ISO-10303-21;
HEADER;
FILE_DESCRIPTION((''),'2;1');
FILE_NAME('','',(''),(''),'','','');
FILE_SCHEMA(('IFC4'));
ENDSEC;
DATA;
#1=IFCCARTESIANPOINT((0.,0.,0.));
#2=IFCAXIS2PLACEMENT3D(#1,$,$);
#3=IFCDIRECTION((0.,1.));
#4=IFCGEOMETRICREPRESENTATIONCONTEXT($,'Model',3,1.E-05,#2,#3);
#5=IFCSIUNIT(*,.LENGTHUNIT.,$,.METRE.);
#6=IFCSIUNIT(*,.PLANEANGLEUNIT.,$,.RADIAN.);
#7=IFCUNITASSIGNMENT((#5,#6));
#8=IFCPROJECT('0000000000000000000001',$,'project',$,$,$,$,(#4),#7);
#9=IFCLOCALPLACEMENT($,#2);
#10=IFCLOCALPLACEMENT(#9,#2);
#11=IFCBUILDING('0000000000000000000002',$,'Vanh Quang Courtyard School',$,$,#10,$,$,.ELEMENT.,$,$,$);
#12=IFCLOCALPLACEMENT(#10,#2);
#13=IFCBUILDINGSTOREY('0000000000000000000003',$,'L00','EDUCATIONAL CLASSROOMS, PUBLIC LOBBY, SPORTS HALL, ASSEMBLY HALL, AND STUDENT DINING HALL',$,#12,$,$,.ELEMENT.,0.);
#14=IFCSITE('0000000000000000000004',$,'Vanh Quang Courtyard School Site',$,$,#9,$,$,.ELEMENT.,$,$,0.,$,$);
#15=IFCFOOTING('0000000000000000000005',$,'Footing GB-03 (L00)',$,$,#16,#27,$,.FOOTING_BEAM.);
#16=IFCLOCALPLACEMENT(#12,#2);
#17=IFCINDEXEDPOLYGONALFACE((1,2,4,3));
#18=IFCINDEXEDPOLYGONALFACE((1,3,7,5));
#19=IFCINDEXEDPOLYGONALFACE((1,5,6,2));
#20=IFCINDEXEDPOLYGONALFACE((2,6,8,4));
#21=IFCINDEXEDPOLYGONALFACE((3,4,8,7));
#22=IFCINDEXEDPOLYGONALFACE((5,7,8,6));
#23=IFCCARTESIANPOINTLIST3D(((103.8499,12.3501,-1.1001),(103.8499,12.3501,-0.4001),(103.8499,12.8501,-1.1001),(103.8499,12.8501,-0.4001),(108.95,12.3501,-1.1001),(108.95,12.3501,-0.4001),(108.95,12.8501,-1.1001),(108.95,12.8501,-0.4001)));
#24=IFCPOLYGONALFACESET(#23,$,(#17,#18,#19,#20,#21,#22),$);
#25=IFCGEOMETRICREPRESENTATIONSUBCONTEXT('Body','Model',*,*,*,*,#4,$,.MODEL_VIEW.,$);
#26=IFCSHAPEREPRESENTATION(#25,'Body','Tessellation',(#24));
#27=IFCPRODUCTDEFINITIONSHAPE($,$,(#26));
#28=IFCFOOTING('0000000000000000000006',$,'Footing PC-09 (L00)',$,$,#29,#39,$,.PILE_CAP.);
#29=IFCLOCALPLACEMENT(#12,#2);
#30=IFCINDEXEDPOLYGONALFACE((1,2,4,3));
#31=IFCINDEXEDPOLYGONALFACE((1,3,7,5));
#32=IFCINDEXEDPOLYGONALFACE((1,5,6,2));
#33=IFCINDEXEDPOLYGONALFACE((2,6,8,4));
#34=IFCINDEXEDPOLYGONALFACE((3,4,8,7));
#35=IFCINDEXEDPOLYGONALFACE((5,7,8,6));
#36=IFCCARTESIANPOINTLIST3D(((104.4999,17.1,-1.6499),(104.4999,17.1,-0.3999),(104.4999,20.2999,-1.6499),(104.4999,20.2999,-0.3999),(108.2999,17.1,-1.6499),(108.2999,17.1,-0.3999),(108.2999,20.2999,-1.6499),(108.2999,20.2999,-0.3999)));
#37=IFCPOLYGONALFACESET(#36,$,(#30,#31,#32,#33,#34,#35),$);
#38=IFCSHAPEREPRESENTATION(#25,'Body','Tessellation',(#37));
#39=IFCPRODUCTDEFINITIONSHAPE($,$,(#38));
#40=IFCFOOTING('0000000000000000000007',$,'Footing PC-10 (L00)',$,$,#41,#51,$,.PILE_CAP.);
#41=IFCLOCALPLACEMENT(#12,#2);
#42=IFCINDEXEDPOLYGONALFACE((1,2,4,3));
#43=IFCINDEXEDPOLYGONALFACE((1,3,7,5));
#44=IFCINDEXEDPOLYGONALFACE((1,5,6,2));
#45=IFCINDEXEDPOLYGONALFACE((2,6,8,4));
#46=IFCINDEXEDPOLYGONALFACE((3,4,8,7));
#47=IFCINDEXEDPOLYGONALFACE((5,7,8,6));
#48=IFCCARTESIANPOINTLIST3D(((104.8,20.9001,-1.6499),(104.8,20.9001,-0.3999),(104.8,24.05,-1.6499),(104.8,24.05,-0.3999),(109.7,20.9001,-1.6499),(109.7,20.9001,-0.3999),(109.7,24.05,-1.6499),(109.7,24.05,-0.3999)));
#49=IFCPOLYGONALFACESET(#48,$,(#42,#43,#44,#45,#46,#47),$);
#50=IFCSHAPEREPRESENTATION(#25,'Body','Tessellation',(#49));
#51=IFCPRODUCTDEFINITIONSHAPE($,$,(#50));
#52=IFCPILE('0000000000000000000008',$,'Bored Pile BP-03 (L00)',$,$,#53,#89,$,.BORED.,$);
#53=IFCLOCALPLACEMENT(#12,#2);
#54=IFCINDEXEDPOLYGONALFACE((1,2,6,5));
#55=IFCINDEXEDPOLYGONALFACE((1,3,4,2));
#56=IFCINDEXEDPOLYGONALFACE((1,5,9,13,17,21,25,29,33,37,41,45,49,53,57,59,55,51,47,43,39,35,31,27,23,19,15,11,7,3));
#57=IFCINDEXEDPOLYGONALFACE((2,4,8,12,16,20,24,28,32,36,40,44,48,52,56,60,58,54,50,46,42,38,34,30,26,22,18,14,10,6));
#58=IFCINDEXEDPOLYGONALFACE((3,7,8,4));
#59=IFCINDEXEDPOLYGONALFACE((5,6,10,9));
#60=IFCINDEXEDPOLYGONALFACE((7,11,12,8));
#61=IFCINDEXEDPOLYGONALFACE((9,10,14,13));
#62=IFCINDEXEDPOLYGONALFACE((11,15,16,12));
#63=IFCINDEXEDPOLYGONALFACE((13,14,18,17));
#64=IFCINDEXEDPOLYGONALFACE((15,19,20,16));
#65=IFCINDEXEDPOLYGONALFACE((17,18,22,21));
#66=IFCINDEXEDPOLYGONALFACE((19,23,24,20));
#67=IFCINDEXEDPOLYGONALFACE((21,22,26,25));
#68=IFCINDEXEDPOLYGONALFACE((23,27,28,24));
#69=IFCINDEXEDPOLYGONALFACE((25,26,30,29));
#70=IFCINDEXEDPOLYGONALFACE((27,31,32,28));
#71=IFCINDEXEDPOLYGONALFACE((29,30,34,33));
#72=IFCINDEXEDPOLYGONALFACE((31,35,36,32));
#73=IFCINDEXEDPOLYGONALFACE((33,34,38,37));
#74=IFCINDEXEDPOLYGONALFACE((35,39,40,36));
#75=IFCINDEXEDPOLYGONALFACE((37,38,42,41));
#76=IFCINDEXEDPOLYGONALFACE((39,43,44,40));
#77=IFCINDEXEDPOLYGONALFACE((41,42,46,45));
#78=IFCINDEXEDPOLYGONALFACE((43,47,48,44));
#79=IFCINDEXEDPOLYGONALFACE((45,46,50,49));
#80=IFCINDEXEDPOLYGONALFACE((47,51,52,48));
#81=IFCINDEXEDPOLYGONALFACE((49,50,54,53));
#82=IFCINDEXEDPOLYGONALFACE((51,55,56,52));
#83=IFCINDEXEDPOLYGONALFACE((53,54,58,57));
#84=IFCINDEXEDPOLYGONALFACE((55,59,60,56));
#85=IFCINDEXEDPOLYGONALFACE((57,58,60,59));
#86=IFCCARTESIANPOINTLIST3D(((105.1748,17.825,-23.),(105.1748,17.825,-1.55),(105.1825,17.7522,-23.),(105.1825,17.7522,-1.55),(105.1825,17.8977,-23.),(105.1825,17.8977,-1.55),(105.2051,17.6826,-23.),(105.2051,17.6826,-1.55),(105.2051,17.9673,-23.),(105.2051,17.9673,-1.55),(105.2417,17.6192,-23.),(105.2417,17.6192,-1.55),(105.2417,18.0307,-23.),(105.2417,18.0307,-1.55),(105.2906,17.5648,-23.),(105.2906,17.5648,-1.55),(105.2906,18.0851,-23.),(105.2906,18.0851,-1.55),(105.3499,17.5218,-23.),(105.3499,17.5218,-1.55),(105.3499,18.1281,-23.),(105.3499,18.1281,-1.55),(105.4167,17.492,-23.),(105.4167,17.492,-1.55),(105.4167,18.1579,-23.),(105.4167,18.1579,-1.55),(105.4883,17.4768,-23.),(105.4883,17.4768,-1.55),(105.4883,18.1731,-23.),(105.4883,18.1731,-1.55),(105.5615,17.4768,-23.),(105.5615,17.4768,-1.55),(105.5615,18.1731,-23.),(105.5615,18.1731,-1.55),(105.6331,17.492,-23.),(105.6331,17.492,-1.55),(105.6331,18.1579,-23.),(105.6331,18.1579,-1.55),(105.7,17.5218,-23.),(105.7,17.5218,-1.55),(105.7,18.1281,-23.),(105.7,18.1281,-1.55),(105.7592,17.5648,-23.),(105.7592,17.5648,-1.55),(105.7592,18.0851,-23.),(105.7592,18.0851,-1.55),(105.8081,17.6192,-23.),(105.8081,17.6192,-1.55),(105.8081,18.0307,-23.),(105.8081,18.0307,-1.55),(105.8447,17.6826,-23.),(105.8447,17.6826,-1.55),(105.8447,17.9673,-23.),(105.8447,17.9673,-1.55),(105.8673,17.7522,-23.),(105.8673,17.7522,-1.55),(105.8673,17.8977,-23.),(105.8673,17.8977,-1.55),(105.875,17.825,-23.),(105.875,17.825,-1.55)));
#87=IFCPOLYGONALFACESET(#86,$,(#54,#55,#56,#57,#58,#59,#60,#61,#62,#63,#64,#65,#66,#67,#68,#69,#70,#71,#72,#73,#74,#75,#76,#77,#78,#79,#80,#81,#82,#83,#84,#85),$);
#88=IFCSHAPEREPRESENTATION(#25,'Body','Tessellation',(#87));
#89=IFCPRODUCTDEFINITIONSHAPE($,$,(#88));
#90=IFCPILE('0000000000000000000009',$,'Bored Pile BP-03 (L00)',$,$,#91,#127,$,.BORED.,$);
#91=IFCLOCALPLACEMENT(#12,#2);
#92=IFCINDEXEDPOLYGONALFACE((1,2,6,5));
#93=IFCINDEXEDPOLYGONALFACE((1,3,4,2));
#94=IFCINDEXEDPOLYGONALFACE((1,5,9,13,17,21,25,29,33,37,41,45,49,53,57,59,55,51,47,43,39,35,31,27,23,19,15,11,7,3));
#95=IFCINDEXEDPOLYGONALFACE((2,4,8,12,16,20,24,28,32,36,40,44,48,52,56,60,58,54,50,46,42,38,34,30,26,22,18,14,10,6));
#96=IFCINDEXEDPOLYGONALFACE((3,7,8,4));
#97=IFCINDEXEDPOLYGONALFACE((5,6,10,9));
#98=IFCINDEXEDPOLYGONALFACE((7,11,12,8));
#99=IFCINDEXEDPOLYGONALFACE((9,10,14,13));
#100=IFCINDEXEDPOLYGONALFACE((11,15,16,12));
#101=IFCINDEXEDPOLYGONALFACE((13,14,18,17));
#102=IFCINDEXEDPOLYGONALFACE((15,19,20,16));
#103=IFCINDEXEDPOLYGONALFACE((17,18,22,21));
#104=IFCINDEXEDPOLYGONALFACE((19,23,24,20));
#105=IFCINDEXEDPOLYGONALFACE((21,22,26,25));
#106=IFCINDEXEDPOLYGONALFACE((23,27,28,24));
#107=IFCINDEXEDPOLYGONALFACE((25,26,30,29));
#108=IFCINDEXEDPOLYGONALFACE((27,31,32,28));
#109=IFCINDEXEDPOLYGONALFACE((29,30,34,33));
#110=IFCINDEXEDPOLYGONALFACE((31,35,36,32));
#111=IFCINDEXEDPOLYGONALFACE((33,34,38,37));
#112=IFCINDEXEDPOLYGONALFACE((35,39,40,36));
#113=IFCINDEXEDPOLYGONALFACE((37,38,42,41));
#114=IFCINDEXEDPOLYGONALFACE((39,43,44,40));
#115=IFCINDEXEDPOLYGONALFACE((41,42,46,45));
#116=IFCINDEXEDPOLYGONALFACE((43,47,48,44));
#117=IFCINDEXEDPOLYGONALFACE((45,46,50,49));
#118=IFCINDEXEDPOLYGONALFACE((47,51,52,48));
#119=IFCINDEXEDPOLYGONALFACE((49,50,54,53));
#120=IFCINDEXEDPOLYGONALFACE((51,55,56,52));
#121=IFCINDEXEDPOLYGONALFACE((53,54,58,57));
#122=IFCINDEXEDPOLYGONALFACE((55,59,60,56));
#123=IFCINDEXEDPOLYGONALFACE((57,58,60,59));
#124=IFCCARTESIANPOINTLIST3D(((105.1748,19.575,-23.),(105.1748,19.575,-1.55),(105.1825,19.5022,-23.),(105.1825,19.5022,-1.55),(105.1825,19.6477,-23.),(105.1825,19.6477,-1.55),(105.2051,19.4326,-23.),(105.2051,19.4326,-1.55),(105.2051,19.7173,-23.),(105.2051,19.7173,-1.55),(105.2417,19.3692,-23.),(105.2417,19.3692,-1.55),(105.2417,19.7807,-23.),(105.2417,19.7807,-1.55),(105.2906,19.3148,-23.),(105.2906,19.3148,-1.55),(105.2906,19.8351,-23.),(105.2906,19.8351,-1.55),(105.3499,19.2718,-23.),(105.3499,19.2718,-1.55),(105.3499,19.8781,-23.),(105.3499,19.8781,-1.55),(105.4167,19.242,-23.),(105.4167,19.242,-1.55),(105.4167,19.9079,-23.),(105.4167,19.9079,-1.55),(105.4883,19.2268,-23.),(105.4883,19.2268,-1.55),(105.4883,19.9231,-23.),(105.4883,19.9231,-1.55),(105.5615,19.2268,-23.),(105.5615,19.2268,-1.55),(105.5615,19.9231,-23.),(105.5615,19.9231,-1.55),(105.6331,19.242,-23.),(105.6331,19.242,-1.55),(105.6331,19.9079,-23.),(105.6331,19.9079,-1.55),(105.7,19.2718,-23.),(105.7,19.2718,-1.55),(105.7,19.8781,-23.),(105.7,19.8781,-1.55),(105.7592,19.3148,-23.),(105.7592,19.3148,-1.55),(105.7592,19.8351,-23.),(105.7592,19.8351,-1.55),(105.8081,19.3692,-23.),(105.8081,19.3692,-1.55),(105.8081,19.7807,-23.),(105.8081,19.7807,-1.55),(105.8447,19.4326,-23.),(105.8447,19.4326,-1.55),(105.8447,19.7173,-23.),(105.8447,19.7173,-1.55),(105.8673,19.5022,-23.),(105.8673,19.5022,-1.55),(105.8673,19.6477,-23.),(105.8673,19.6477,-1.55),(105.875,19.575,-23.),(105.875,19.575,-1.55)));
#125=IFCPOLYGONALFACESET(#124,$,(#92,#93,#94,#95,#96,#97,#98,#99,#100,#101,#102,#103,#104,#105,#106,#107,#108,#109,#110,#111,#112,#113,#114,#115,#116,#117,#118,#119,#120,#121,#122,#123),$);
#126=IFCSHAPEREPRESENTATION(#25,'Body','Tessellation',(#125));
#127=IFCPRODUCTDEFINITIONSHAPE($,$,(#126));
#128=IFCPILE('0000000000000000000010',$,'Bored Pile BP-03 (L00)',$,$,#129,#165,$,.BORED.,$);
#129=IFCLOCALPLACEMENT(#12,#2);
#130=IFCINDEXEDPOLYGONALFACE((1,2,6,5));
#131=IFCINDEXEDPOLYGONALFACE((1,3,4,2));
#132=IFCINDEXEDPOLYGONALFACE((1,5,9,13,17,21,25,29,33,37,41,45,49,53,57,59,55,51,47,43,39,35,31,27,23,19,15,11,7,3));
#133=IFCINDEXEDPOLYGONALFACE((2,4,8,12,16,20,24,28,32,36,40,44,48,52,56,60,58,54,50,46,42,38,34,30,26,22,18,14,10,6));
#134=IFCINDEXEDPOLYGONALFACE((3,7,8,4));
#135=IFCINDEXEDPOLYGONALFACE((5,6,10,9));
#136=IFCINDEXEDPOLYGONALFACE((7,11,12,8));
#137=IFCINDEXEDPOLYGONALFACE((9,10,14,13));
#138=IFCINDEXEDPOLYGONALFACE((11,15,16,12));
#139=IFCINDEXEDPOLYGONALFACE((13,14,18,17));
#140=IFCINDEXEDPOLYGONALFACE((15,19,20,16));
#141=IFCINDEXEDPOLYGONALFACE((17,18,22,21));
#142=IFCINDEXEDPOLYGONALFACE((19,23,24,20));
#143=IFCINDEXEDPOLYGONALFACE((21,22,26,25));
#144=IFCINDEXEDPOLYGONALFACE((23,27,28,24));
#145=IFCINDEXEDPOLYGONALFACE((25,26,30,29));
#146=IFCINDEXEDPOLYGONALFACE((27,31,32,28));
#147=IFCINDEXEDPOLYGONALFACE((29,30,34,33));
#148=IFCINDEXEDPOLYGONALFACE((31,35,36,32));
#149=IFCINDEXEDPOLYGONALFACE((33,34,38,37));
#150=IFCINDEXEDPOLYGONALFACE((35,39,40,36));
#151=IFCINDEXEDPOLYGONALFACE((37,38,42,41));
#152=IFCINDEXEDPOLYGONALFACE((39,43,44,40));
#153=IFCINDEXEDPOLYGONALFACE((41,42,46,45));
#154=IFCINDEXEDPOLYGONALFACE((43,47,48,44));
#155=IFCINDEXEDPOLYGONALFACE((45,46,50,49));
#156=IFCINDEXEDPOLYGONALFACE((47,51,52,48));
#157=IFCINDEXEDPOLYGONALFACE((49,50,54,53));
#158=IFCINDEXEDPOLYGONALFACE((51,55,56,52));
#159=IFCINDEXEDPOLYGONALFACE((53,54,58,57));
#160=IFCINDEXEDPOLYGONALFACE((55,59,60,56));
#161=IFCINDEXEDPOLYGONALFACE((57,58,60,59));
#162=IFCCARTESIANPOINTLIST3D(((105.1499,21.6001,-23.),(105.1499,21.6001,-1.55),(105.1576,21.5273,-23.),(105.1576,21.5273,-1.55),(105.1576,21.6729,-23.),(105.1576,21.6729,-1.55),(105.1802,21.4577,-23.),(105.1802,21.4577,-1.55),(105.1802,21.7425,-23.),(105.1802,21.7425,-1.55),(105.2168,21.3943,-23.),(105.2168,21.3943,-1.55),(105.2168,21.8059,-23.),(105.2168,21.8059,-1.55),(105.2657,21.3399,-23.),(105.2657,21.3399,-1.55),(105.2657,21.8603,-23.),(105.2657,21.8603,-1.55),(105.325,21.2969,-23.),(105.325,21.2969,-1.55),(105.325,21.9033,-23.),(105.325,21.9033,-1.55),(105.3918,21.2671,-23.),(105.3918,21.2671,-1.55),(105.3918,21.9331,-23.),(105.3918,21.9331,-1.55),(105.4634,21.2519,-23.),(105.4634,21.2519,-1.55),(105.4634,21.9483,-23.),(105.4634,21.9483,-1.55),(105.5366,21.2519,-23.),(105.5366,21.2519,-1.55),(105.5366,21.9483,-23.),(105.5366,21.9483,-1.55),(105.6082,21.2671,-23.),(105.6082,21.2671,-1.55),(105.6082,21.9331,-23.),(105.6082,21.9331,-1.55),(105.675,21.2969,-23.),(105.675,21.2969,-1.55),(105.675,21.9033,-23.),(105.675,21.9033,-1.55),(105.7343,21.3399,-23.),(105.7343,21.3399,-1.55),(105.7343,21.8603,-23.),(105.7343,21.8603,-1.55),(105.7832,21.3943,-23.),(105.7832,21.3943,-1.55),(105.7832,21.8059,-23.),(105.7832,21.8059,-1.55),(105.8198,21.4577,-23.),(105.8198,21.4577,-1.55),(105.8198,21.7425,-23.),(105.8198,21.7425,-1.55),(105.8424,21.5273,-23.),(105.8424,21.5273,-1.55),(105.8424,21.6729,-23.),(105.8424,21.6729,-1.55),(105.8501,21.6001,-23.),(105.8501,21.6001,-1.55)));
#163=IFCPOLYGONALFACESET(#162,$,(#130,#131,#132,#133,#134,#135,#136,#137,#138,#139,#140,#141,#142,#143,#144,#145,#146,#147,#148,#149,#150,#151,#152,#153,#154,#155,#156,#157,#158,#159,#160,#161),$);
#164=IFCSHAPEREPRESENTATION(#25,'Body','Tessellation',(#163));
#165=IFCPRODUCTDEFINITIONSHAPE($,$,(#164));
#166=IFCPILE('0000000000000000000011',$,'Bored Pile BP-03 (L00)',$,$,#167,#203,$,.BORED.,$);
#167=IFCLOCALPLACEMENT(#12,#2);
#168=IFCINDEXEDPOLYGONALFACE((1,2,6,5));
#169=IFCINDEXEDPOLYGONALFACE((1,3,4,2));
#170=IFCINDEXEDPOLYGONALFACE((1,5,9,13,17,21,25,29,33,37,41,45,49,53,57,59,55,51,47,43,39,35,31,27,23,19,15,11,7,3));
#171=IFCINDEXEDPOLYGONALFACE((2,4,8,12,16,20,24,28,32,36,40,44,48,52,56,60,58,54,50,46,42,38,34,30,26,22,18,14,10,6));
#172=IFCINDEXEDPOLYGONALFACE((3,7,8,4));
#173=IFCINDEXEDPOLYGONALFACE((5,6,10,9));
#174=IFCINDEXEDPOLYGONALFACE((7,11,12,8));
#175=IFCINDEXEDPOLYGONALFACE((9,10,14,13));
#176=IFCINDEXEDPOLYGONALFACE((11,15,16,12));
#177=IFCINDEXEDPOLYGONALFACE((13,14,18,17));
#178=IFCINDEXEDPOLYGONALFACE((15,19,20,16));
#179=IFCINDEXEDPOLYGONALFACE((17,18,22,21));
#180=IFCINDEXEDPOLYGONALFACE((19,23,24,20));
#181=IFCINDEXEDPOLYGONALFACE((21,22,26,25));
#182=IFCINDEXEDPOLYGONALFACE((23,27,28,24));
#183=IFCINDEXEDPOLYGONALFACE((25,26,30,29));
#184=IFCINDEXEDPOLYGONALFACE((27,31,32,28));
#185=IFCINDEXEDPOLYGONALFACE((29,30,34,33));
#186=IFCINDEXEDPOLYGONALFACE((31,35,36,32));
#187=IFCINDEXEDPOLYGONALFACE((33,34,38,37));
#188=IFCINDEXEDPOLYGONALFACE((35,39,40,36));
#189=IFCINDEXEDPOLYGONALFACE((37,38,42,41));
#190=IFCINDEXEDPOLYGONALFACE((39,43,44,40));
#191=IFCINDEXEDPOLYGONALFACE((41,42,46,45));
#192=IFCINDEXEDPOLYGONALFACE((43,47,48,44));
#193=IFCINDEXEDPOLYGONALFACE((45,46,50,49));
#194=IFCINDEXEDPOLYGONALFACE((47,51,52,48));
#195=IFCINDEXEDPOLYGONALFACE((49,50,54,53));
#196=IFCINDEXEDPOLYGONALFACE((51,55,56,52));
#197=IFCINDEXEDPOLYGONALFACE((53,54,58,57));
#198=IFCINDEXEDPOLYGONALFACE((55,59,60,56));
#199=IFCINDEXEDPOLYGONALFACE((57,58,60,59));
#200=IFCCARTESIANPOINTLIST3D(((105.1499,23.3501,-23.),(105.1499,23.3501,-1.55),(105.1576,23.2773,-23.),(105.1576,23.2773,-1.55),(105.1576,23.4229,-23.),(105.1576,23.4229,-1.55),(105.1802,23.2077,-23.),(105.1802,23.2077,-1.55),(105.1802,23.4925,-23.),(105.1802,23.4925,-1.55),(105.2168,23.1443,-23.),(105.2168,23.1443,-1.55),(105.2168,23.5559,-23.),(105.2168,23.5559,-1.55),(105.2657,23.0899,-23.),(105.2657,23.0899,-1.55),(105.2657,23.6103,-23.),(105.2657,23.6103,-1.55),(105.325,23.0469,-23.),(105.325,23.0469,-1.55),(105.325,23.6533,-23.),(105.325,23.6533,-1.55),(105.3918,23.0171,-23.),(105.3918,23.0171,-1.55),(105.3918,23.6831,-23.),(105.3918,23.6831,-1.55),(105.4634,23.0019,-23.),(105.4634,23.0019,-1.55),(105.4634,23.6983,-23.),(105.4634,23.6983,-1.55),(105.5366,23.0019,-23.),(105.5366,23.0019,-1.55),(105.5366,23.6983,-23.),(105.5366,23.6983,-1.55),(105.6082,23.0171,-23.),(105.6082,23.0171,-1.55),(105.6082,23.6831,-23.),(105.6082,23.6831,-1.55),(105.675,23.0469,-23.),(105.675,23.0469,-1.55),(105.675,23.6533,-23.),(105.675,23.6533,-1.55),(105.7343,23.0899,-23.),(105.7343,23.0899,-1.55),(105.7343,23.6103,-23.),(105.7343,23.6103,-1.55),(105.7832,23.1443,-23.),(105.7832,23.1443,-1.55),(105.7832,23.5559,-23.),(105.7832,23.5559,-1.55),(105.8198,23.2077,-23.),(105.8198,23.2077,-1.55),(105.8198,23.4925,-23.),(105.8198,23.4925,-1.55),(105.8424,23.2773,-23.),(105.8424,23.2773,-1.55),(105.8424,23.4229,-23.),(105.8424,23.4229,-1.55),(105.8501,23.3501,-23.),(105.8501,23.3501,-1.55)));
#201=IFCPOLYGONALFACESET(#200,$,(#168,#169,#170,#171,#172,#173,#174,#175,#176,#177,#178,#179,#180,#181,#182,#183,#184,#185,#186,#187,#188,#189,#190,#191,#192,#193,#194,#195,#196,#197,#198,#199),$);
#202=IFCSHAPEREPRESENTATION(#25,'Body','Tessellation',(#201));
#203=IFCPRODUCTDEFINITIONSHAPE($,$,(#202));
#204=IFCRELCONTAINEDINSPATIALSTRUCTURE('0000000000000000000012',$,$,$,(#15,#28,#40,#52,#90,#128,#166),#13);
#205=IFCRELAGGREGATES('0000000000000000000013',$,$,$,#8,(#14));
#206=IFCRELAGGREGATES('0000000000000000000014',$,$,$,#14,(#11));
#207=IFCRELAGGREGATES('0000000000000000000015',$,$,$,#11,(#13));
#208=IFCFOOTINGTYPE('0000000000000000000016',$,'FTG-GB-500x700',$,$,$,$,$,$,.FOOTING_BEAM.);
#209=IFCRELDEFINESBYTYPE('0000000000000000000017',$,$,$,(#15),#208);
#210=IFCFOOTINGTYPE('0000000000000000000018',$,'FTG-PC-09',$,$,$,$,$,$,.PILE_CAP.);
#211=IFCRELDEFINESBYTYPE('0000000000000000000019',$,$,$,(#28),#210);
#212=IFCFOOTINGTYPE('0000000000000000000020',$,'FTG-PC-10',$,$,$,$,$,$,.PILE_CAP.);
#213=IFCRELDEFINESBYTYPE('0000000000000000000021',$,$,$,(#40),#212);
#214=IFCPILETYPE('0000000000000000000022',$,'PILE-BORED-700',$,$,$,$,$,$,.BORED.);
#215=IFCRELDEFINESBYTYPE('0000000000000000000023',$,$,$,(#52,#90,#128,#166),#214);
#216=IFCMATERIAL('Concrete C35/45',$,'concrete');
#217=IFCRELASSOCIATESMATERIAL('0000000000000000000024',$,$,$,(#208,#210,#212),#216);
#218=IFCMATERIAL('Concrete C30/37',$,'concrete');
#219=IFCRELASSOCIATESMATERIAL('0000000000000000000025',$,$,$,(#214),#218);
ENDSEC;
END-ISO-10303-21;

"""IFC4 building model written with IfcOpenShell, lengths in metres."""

from ifc_helpers import new_model, si_unit, direction, frame, origin, origin_2d, place, context, subcontext, project, spatial, rectangle, circle, extrude, material, material_profile, profile_set, type_object, element, save


model = new_model("IFC4")

# Units and contexts
model_context = context("Model", 3, precision=1e-05, world=origin(), true_north=direction((0.0, 1.0)))
body_context = subcontext(model_context, "Body", "Model", "MODEL_VIEW")
ifc_project = project(units=[si_unit("LENGTHUNIT", "METRE"), si_unit("PLANEANGLEUNIT", "RADIAN")], contexts=[model_context])

# Site, building, storey
site_placement = place(None, origin())
site = spatial("IfcSite", under=ifc_project, at=site_placement, Name="Vanh Quang Courtyard School Site", CompositionType="ELEMENT", RefElevation=0.0)
building_placement = place(site_placement, origin())
building = spatial("IfcBuilding", under=site, at=building_placement, Name="Vanh Quang Courtyard School", CompositionType="ELEMENT")
storey_placement = place(building_placement, origin())
storey = spatial("IfcBuildingStorey", under=building, at=storey_placement, Name="L00", Description="EDUCATIONAL CLASSROOMS, PUBLIC LOBBY, SPORTS HALL, ASSEMBLY HALL, AND STUDENT DINING HALL", CompositionType="ELEMENT", Elevation=0.0)

# Footings
ifc_material_1 = material(Name="Concrete C35/45", Category="concrete")
footing_type_1 = type_object("IfcFootingType", Name="FTG-GB-500x700", PredefinedType="FOOTING_BEAM", material=ifc_material_1)
footing_1_placement = place(storey_placement, frame((106.3999, 12.6001, -1.1001), z_axis=(0.0, 0.0, 1.0), x_axis=(1.0, 0.0, 0.0)))
element("IfcFooting", 1, at=footing_1_placement, inside=storey, type_object=footing_type_1, Name="Footing GB-03 (L00)", PredefinedType="FOOTING_BEAM", context=body_context, shape_type="SweptSolid", body=[
    extrude(rectangle(XDim=5.1001, YDim=0.5, at=origin_2d()), origin(), (0.0, 0.0, 1.0), 0.7),
])
footing_type_2 = type_object("IfcFootingType", Name="FTG-PC-09", PredefinedType="PILE_CAP", material=ifc_material_1)
footing_2_placement = place(storey_placement, frame((106.3999, 18.7, -1.6499), z_axis=(0.0, 0.0, 1.0), x_axis=(1.0, 0.0, 0.0)))
element("IfcFooting", 2, at=footing_2_placement, inside=storey, type_object=footing_type_2, Name="Footing PC-09 (L00)", PredefinedType="PILE_CAP", context=body_context, shape_type="SweptSolid", body=[
    extrude(rectangle(XDim=3.8, YDim=3.2, at=origin_2d()), origin(), (0.0, 0.0, 1.0), 1.25),
])
footing_type_3 = type_object("IfcFootingType", Name="FTG-PC-10", PredefinedType="PILE_CAP", material=ifc_material_1)
footing_3_placement = place(storey_placement, frame((107.25, 22.4751, -1.6499), z_axis=(0.0, 0.0, 1.0), x_axis=(1.0, 0.0, 0.0)))
element("IfcFooting", 3, at=footing_3_placement, inside=storey, type_object=footing_type_3, Name="Footing PC-10 (L00)", PredefinedType="PILE_CAP", context=body_context, shape_type="SweptSolid", body=[
    extrude(rectangle(XDim=4.8999, YDim=3.1499, at=origin_2d()), origin(), (0.0, 0.0, 1.0), 1.25),
])

# Piles
ifc_material_2 = material(Name="Concrete C30/37", Category="concrete")
ifc_material_profile_1 = material_profile(ifc_material_2, circle(Radius=0.3501, at=origin_2d()), Name="PILE D700")
ifc_profile_set_1 = profile_set([ifc_material_profile_1], Name="Concrete C30/37")
pile_type = type_object("IfcPileType", Name="PILE-BORED-700", PredefinedType="BORED", material=ifc_profile_set_1)
for number, where, z_axis, x_axis, name in (
    (4, (105.5249, 17.825, -1.55), (0.0, 0.0, -1.0), (1.0, 0.0, 0.0), "Bored Pile BP-03 (L00)"),
    (5, (105.5249, 19.575, -1.55), (0.0, 0.0, -1.0), (1.0, 0.0, 0.0), "Bored Pile BP-03 (L00)"),
    (6, (105.5, 21.6001, -1.55), (0.0, 0.0, -1.0), (1.0, 0.0, 0.0), "Bored Pile BP-03 (L00)"),
    (7, (105.5, 23.3501, -1.55), (0.0, 0.0, -1.0), (1.0, 0.0, 0.0), "Bored Pile BP-03 (L00)"),
):
    element("IfcPile", number, at=place(storey_placement, frame(where, z_axis=z_axis, x_axis=x_axis)), inside=storey, type_object=pile_type, Name=name, PredefinedType="BORED", context=body_context, shape_type="SweptSolid", body=[
        extrude(circle(Radius=0.3501, at=origin_2d()), origin(), (0.0, 0.0, 1.0), 21.45),
    ])

save(model, "model.ifc")
